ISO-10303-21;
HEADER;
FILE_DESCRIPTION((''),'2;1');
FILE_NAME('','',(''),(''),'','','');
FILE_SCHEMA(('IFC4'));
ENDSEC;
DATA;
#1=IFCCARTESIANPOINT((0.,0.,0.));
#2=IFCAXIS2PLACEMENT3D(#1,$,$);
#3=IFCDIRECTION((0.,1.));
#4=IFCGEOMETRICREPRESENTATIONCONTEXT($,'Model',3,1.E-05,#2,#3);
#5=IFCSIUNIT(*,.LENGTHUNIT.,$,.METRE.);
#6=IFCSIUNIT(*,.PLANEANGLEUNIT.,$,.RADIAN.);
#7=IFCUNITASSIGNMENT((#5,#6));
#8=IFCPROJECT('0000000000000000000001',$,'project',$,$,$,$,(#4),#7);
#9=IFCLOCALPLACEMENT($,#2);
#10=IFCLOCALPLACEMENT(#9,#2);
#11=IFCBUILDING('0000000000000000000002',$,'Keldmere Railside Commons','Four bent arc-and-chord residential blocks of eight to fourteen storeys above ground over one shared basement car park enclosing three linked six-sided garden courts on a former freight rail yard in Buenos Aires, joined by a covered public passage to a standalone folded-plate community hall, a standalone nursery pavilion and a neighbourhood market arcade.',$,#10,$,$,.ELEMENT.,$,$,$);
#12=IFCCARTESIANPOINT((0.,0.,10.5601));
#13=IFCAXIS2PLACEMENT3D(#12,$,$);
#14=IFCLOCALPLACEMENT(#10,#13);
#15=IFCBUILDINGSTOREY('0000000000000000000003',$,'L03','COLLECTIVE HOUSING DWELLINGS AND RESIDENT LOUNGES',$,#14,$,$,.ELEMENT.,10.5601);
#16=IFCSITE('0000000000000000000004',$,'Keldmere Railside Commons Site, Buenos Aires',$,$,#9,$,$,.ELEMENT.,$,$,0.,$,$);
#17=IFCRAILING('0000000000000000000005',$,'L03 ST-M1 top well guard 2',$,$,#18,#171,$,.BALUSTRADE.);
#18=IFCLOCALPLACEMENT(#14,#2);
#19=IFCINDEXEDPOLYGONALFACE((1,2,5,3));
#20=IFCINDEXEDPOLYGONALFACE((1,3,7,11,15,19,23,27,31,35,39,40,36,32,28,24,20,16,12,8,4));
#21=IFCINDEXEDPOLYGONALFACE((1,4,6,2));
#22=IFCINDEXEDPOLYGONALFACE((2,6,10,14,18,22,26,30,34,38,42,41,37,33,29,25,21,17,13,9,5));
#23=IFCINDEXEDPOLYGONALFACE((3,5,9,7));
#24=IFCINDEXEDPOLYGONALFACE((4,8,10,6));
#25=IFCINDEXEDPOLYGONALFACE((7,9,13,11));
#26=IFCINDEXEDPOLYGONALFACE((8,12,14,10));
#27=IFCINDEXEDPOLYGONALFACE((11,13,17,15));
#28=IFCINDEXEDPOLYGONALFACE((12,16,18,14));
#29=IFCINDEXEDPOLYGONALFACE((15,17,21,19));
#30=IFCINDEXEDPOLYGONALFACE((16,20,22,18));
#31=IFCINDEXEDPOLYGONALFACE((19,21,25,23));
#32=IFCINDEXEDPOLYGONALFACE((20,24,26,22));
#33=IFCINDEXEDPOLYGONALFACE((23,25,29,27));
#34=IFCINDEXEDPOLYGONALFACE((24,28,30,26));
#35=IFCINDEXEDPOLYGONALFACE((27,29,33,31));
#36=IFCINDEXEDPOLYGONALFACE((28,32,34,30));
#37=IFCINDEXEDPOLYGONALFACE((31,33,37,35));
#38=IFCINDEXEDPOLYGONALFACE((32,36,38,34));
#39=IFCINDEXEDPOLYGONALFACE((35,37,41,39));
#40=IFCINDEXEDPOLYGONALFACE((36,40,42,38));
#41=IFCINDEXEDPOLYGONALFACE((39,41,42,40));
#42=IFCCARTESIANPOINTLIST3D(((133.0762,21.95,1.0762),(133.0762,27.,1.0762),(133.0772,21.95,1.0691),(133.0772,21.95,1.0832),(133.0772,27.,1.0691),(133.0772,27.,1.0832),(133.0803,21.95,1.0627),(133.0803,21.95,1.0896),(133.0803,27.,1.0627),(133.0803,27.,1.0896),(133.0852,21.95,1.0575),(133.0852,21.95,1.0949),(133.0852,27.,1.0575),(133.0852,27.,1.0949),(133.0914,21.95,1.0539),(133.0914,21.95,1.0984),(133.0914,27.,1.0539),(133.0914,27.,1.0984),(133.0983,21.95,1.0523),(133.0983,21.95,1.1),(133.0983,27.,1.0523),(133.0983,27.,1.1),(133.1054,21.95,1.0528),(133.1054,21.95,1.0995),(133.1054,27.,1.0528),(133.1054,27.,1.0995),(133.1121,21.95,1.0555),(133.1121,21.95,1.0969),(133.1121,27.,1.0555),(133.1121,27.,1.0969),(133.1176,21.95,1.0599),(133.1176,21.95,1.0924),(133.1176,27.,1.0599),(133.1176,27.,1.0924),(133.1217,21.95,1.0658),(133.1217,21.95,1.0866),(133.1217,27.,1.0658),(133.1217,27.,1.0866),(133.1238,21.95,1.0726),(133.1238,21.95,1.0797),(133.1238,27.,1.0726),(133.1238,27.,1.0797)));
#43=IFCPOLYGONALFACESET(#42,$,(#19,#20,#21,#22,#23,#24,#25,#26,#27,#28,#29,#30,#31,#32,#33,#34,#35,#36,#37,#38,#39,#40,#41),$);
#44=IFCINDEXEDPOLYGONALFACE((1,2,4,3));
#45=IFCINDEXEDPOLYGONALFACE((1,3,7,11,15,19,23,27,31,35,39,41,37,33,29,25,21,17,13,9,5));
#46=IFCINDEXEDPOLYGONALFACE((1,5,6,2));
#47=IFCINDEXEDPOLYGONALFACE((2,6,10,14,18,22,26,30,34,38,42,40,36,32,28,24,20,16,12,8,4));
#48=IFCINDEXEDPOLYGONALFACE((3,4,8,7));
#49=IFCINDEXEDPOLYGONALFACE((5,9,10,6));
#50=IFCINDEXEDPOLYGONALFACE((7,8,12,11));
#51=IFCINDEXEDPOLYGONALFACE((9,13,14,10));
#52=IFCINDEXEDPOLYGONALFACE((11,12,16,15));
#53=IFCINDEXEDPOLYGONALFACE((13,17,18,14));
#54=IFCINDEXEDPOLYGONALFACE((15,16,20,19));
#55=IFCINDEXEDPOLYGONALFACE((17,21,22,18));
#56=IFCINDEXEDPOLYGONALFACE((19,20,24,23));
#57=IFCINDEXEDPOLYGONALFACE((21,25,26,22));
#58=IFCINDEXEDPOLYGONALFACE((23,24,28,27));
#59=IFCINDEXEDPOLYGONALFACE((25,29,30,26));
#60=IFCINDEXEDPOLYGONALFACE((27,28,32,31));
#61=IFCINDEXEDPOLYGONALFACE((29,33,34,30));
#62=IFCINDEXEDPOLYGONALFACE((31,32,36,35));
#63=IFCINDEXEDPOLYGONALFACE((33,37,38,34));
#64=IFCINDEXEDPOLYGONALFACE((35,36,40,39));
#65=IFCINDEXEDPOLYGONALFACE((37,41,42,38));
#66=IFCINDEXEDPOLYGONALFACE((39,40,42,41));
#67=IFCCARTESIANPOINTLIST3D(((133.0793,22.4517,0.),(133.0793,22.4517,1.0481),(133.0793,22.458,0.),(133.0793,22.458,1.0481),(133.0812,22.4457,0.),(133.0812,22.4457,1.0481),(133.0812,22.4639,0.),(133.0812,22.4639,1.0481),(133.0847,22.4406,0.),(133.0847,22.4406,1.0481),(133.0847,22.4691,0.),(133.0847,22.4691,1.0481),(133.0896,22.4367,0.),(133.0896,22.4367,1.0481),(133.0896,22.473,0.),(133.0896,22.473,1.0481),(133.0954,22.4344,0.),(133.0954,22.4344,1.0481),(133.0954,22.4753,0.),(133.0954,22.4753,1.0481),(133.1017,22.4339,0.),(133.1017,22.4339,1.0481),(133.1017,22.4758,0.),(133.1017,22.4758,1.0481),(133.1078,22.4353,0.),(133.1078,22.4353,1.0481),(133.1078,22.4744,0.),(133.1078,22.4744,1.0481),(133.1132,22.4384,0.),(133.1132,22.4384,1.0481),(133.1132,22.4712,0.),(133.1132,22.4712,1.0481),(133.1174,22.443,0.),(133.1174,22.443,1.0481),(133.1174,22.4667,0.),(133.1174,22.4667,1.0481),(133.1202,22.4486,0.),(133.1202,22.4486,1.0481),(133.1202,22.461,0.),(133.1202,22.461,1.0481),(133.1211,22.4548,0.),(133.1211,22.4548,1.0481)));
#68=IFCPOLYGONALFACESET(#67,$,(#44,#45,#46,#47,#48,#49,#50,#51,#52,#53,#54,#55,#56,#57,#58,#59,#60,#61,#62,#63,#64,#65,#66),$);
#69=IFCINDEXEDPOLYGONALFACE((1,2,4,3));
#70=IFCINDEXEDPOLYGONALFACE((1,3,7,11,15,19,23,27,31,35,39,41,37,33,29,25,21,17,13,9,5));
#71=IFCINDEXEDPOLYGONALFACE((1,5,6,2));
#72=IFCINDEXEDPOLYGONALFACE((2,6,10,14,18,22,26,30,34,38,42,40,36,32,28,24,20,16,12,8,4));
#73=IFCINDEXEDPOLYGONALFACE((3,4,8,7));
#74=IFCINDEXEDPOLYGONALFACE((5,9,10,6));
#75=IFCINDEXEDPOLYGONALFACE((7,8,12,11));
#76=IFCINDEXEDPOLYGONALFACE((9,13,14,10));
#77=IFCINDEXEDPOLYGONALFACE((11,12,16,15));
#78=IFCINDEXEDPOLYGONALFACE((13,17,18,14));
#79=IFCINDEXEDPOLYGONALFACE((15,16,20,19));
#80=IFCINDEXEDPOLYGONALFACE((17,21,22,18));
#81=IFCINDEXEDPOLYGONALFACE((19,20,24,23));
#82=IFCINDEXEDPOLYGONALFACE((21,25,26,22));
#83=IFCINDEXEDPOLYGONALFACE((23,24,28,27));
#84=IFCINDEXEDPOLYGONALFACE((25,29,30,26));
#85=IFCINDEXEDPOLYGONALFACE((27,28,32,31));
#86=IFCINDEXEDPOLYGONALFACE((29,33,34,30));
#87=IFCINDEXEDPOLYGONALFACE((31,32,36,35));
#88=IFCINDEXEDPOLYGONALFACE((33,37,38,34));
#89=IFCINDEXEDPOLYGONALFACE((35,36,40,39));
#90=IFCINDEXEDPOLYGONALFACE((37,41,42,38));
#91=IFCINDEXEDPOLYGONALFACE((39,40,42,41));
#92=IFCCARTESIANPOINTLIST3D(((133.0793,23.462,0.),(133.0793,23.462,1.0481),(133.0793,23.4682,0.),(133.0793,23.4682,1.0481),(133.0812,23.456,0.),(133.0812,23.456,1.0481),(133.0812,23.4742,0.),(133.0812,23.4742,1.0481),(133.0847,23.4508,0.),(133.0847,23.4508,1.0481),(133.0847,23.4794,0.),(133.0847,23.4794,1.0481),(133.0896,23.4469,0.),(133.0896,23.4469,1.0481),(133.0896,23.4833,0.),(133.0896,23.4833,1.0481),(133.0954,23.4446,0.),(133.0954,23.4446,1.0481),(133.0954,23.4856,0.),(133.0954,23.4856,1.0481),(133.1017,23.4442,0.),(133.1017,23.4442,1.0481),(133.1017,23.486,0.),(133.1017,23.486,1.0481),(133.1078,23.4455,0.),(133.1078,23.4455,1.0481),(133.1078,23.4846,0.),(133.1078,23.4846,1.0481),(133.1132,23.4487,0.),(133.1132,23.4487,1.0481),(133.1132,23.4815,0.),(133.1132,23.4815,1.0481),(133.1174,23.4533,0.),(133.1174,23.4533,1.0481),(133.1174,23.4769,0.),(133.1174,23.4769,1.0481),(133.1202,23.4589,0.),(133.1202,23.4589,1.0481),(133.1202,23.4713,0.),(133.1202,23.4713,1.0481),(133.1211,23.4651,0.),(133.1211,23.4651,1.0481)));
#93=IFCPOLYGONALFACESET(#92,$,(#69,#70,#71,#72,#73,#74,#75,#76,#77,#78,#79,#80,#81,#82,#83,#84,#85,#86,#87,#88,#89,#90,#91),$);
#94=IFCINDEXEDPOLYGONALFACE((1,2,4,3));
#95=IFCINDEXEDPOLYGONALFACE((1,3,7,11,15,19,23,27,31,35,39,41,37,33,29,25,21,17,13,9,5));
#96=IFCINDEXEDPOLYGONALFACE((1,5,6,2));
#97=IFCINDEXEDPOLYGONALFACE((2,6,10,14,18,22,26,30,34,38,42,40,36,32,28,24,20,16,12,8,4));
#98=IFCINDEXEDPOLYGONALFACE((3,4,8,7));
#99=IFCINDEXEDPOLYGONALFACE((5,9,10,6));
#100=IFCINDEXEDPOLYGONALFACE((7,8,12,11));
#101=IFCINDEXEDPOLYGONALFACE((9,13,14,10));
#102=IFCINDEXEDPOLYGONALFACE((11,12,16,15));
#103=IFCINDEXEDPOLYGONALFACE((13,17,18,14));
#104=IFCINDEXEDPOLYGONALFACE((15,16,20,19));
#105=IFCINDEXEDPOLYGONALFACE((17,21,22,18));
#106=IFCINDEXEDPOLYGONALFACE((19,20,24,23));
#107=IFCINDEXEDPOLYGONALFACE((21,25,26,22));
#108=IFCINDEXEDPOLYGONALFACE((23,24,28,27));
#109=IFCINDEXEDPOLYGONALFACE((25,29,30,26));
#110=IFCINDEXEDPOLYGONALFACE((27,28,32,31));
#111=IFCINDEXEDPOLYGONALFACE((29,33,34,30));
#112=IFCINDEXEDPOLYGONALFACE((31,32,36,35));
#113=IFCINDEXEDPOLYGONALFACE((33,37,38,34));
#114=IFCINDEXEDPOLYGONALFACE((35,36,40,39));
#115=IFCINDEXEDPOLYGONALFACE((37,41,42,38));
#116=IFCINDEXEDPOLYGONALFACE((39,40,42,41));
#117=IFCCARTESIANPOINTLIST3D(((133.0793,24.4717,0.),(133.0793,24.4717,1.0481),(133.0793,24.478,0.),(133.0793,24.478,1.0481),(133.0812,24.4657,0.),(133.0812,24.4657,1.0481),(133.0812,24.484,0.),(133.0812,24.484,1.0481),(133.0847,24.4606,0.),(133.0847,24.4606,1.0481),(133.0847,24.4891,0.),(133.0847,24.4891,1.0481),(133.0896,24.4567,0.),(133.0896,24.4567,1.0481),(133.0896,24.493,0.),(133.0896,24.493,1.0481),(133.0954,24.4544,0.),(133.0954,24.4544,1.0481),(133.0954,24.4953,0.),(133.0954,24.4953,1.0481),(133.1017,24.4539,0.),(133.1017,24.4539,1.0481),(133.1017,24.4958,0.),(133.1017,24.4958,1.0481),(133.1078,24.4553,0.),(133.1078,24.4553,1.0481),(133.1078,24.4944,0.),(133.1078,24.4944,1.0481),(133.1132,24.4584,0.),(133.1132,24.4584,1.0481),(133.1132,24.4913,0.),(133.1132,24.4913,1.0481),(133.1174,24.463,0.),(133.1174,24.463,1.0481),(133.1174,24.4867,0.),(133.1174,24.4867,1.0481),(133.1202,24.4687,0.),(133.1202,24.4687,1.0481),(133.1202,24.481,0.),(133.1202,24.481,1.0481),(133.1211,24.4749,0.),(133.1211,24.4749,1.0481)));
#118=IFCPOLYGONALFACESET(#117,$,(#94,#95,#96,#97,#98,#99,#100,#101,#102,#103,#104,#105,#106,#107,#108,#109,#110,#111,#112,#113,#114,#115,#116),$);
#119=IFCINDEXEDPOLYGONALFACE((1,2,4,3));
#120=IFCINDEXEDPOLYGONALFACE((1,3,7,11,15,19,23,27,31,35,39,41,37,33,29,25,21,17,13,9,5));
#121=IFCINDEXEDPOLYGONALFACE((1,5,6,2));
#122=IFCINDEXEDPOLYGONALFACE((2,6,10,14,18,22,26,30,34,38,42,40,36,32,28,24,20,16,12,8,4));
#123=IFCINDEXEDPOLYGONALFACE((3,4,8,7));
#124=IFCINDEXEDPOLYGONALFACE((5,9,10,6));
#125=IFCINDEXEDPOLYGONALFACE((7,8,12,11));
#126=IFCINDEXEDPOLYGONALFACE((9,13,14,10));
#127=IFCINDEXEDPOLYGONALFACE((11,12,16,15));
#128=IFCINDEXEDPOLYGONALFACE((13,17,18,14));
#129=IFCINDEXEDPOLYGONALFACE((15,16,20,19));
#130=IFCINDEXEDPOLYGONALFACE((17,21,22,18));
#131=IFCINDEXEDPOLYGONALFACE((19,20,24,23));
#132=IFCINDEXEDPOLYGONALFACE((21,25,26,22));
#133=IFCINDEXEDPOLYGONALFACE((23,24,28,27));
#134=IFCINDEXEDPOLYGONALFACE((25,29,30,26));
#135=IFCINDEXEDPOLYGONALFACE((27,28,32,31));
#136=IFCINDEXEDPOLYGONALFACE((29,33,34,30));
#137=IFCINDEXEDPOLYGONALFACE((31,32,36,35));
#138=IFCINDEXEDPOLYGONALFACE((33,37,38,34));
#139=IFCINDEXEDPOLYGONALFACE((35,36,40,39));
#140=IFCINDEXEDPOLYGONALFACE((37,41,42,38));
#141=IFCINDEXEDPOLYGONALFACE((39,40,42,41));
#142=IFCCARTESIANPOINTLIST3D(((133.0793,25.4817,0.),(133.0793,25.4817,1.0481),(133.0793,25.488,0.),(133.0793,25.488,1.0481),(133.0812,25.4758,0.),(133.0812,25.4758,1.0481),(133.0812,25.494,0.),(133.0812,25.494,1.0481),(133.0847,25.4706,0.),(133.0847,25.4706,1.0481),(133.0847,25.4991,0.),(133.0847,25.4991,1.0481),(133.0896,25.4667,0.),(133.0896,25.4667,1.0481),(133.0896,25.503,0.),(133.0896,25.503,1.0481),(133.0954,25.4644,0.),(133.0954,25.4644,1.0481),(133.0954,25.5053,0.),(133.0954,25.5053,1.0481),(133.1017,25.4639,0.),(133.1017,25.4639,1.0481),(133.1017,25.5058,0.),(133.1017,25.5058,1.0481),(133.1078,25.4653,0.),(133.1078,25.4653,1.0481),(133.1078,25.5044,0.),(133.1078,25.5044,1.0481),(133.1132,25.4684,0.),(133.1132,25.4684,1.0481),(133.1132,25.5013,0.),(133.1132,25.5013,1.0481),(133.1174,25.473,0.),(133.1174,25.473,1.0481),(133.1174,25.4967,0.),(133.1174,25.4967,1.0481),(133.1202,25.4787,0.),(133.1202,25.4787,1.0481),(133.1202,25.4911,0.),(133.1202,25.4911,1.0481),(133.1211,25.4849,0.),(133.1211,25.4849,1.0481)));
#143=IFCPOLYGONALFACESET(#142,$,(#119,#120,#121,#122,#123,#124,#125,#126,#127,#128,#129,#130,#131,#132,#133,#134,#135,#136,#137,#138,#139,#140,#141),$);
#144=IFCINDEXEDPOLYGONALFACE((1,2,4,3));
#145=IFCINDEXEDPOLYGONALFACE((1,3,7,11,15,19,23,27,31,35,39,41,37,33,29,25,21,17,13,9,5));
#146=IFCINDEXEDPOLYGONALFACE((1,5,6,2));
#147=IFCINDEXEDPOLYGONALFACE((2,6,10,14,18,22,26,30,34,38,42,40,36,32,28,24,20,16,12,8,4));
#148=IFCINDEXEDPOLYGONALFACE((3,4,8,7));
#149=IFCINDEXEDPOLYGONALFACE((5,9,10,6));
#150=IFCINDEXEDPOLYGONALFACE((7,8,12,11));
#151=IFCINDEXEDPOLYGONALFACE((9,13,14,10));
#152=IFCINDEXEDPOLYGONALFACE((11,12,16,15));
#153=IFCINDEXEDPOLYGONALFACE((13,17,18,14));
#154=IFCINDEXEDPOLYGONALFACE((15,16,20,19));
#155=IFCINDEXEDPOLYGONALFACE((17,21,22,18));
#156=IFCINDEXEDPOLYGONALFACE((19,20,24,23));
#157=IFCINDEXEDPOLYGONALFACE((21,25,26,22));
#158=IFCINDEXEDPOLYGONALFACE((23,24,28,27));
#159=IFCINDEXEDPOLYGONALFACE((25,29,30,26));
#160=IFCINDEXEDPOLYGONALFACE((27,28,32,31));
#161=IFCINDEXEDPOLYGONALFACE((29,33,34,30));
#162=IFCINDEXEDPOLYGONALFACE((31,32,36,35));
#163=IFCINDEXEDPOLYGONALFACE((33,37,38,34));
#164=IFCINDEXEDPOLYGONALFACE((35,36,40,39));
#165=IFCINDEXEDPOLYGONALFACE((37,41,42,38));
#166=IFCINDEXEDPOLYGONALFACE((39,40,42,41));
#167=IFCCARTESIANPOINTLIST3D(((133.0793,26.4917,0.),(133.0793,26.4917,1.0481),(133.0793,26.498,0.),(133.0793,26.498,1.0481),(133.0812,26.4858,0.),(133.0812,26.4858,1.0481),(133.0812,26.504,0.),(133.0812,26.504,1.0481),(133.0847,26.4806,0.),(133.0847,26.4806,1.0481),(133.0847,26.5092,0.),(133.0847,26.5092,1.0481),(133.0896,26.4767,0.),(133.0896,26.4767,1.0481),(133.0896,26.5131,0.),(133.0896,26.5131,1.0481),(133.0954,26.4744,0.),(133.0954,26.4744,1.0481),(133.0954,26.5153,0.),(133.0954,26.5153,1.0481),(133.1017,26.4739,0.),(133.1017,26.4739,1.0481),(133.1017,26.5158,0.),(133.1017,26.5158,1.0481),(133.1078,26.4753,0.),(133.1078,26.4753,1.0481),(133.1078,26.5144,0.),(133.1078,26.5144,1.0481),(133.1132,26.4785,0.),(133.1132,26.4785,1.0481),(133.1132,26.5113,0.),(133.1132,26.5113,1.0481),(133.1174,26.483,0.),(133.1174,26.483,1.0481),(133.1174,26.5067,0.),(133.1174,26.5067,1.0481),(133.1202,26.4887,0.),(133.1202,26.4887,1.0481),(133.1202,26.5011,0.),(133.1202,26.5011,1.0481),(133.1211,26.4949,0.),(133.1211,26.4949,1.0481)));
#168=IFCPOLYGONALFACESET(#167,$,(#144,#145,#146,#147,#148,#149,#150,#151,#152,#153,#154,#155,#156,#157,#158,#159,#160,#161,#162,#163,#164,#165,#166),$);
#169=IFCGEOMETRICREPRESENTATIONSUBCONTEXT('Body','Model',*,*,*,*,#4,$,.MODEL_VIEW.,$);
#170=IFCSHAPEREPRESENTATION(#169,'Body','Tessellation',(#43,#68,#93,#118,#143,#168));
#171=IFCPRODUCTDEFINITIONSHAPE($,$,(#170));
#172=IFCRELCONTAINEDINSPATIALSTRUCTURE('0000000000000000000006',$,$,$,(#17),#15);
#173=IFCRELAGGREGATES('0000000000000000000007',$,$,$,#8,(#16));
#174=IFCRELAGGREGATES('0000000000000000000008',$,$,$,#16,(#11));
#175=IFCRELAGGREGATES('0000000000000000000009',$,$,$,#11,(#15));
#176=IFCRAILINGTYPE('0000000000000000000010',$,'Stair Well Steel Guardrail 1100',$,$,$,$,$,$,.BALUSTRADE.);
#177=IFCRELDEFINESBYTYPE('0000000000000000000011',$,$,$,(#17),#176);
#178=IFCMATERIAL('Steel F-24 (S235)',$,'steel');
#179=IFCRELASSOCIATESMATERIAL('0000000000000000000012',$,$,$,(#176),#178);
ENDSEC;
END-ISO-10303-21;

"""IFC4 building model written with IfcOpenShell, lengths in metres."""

from ifc_helpers import new_model, si_unit, direction, frame, origin, origin_2d, place, context, subcontext, project, spatial, circle, extrude, material, type_object, element, save


model = new_model("IFC4")

# Units and contexts
model_context = context("Model", 3, precision=1e-05, world=origin(), true_north=direction((0.0, 1.0)))
body_context = subcontext(model_context, "Body", "Model", "MODEL_VIEW")
ifc_project = project(units=[si_unit("LENGTHUNIT", "METRE"), si_unit("PLANEANGLEUNIT", "RADIAN")], contexts=[model_context])

# Site, building, storey
site_placement = place(None, origin())
site = spatial("IfcSite", under=ifc_project, at=site_placement, Name="Keldmere Railside Commons Site, Buenos Aires", CompositionType="ELEMENT", RefElevation=0.0)
building_placement = place(site_placement, origin())
building = spatial("IfcBuilding", under=site, at=building_placement, Name="Keldmere Railside Commons", Description="Four bent arc-and-chord residential blocks of eight to fourteen storeys above ground over one shared basement car park enclosing three linked six-sided garden courts on a former freight rail yard in Buenos Aires, joined by a covered public passage to a standalone folded-plate community hall, a standalone nursery pavilion and a neighbourhood market arcade.", CompositionType="ELEMENT")
storey_placement = place(building_placement, frame((0.0, 0.0, 10.5601)))
storey = spatial("IfcBuildingStorey", under=building, at=storey_placement, Name="L03", Description="COLLECTIVE HOUSING DWELLINGS AND RESIDENT LOUNGES", CompositionType="ELEMENT", Elevation=10.5601)

# Railing
ifc_material_1 = material(Name="Steel F-24 (S235)", Category="steel")
railing_type_1 = type_object("IfcRailingType", Name="Stair Well Steel Guardrail 1100", PredefinedType="BALUSTRADE", material=ifc_material_1)
for number, where, name in (
    (1, (133.1001, 21.95, 0.0), "L03 ST-M1 top well guard 2"),
):
    element("IfcRailing", number, at=place(storey_placement, frame(where)), inside=storey, type_object=railing_type_1, Name=name, PredefinedType="BALUSTRADE", context=body_context, shape_type="SweptSolid", body=[
        extrude(circle(Radius=0.0239, at=origin_2d()), frame((0.0, 0.0, 1.0762), z_axis=(0.0, 1.0, 0.0), x_axis=(-1.0, 0.0, 0.0)), (0.0, 0.0, 1.0), 5.05),
        extrude(circle(Radius=0.021, at=origin_2d()), frame((0.0, 0.5049, 0.0)), (0.0, 0.0, 1.0), 1.0481),
        extrude(circle(Radius=0.021, at=origin_2d()), frame((0.0, 1.5151, 0.0)), (0.0, 0.0, 1.0), 1.0481),
        extrude(circle(Radius=0.021, at=origin_2d()), frame((0.0, 2.5249, 0.0)), (0.0, 0.0, 1.0), 1.0481),
        extrude(circle(Radius=0.021, at=origin_2d()), frame((0.0, 3.5349, 0.0)), (0.0, 0.0, 1.0), 1.0481),
        extrude(circle(Radius=0.021, at=origin_2d()), frame((0.0, 4.5449, 0.0)), (0.0, 0.0, 1.0), 1.0481),
    ])

save(model, "model.ifc")
